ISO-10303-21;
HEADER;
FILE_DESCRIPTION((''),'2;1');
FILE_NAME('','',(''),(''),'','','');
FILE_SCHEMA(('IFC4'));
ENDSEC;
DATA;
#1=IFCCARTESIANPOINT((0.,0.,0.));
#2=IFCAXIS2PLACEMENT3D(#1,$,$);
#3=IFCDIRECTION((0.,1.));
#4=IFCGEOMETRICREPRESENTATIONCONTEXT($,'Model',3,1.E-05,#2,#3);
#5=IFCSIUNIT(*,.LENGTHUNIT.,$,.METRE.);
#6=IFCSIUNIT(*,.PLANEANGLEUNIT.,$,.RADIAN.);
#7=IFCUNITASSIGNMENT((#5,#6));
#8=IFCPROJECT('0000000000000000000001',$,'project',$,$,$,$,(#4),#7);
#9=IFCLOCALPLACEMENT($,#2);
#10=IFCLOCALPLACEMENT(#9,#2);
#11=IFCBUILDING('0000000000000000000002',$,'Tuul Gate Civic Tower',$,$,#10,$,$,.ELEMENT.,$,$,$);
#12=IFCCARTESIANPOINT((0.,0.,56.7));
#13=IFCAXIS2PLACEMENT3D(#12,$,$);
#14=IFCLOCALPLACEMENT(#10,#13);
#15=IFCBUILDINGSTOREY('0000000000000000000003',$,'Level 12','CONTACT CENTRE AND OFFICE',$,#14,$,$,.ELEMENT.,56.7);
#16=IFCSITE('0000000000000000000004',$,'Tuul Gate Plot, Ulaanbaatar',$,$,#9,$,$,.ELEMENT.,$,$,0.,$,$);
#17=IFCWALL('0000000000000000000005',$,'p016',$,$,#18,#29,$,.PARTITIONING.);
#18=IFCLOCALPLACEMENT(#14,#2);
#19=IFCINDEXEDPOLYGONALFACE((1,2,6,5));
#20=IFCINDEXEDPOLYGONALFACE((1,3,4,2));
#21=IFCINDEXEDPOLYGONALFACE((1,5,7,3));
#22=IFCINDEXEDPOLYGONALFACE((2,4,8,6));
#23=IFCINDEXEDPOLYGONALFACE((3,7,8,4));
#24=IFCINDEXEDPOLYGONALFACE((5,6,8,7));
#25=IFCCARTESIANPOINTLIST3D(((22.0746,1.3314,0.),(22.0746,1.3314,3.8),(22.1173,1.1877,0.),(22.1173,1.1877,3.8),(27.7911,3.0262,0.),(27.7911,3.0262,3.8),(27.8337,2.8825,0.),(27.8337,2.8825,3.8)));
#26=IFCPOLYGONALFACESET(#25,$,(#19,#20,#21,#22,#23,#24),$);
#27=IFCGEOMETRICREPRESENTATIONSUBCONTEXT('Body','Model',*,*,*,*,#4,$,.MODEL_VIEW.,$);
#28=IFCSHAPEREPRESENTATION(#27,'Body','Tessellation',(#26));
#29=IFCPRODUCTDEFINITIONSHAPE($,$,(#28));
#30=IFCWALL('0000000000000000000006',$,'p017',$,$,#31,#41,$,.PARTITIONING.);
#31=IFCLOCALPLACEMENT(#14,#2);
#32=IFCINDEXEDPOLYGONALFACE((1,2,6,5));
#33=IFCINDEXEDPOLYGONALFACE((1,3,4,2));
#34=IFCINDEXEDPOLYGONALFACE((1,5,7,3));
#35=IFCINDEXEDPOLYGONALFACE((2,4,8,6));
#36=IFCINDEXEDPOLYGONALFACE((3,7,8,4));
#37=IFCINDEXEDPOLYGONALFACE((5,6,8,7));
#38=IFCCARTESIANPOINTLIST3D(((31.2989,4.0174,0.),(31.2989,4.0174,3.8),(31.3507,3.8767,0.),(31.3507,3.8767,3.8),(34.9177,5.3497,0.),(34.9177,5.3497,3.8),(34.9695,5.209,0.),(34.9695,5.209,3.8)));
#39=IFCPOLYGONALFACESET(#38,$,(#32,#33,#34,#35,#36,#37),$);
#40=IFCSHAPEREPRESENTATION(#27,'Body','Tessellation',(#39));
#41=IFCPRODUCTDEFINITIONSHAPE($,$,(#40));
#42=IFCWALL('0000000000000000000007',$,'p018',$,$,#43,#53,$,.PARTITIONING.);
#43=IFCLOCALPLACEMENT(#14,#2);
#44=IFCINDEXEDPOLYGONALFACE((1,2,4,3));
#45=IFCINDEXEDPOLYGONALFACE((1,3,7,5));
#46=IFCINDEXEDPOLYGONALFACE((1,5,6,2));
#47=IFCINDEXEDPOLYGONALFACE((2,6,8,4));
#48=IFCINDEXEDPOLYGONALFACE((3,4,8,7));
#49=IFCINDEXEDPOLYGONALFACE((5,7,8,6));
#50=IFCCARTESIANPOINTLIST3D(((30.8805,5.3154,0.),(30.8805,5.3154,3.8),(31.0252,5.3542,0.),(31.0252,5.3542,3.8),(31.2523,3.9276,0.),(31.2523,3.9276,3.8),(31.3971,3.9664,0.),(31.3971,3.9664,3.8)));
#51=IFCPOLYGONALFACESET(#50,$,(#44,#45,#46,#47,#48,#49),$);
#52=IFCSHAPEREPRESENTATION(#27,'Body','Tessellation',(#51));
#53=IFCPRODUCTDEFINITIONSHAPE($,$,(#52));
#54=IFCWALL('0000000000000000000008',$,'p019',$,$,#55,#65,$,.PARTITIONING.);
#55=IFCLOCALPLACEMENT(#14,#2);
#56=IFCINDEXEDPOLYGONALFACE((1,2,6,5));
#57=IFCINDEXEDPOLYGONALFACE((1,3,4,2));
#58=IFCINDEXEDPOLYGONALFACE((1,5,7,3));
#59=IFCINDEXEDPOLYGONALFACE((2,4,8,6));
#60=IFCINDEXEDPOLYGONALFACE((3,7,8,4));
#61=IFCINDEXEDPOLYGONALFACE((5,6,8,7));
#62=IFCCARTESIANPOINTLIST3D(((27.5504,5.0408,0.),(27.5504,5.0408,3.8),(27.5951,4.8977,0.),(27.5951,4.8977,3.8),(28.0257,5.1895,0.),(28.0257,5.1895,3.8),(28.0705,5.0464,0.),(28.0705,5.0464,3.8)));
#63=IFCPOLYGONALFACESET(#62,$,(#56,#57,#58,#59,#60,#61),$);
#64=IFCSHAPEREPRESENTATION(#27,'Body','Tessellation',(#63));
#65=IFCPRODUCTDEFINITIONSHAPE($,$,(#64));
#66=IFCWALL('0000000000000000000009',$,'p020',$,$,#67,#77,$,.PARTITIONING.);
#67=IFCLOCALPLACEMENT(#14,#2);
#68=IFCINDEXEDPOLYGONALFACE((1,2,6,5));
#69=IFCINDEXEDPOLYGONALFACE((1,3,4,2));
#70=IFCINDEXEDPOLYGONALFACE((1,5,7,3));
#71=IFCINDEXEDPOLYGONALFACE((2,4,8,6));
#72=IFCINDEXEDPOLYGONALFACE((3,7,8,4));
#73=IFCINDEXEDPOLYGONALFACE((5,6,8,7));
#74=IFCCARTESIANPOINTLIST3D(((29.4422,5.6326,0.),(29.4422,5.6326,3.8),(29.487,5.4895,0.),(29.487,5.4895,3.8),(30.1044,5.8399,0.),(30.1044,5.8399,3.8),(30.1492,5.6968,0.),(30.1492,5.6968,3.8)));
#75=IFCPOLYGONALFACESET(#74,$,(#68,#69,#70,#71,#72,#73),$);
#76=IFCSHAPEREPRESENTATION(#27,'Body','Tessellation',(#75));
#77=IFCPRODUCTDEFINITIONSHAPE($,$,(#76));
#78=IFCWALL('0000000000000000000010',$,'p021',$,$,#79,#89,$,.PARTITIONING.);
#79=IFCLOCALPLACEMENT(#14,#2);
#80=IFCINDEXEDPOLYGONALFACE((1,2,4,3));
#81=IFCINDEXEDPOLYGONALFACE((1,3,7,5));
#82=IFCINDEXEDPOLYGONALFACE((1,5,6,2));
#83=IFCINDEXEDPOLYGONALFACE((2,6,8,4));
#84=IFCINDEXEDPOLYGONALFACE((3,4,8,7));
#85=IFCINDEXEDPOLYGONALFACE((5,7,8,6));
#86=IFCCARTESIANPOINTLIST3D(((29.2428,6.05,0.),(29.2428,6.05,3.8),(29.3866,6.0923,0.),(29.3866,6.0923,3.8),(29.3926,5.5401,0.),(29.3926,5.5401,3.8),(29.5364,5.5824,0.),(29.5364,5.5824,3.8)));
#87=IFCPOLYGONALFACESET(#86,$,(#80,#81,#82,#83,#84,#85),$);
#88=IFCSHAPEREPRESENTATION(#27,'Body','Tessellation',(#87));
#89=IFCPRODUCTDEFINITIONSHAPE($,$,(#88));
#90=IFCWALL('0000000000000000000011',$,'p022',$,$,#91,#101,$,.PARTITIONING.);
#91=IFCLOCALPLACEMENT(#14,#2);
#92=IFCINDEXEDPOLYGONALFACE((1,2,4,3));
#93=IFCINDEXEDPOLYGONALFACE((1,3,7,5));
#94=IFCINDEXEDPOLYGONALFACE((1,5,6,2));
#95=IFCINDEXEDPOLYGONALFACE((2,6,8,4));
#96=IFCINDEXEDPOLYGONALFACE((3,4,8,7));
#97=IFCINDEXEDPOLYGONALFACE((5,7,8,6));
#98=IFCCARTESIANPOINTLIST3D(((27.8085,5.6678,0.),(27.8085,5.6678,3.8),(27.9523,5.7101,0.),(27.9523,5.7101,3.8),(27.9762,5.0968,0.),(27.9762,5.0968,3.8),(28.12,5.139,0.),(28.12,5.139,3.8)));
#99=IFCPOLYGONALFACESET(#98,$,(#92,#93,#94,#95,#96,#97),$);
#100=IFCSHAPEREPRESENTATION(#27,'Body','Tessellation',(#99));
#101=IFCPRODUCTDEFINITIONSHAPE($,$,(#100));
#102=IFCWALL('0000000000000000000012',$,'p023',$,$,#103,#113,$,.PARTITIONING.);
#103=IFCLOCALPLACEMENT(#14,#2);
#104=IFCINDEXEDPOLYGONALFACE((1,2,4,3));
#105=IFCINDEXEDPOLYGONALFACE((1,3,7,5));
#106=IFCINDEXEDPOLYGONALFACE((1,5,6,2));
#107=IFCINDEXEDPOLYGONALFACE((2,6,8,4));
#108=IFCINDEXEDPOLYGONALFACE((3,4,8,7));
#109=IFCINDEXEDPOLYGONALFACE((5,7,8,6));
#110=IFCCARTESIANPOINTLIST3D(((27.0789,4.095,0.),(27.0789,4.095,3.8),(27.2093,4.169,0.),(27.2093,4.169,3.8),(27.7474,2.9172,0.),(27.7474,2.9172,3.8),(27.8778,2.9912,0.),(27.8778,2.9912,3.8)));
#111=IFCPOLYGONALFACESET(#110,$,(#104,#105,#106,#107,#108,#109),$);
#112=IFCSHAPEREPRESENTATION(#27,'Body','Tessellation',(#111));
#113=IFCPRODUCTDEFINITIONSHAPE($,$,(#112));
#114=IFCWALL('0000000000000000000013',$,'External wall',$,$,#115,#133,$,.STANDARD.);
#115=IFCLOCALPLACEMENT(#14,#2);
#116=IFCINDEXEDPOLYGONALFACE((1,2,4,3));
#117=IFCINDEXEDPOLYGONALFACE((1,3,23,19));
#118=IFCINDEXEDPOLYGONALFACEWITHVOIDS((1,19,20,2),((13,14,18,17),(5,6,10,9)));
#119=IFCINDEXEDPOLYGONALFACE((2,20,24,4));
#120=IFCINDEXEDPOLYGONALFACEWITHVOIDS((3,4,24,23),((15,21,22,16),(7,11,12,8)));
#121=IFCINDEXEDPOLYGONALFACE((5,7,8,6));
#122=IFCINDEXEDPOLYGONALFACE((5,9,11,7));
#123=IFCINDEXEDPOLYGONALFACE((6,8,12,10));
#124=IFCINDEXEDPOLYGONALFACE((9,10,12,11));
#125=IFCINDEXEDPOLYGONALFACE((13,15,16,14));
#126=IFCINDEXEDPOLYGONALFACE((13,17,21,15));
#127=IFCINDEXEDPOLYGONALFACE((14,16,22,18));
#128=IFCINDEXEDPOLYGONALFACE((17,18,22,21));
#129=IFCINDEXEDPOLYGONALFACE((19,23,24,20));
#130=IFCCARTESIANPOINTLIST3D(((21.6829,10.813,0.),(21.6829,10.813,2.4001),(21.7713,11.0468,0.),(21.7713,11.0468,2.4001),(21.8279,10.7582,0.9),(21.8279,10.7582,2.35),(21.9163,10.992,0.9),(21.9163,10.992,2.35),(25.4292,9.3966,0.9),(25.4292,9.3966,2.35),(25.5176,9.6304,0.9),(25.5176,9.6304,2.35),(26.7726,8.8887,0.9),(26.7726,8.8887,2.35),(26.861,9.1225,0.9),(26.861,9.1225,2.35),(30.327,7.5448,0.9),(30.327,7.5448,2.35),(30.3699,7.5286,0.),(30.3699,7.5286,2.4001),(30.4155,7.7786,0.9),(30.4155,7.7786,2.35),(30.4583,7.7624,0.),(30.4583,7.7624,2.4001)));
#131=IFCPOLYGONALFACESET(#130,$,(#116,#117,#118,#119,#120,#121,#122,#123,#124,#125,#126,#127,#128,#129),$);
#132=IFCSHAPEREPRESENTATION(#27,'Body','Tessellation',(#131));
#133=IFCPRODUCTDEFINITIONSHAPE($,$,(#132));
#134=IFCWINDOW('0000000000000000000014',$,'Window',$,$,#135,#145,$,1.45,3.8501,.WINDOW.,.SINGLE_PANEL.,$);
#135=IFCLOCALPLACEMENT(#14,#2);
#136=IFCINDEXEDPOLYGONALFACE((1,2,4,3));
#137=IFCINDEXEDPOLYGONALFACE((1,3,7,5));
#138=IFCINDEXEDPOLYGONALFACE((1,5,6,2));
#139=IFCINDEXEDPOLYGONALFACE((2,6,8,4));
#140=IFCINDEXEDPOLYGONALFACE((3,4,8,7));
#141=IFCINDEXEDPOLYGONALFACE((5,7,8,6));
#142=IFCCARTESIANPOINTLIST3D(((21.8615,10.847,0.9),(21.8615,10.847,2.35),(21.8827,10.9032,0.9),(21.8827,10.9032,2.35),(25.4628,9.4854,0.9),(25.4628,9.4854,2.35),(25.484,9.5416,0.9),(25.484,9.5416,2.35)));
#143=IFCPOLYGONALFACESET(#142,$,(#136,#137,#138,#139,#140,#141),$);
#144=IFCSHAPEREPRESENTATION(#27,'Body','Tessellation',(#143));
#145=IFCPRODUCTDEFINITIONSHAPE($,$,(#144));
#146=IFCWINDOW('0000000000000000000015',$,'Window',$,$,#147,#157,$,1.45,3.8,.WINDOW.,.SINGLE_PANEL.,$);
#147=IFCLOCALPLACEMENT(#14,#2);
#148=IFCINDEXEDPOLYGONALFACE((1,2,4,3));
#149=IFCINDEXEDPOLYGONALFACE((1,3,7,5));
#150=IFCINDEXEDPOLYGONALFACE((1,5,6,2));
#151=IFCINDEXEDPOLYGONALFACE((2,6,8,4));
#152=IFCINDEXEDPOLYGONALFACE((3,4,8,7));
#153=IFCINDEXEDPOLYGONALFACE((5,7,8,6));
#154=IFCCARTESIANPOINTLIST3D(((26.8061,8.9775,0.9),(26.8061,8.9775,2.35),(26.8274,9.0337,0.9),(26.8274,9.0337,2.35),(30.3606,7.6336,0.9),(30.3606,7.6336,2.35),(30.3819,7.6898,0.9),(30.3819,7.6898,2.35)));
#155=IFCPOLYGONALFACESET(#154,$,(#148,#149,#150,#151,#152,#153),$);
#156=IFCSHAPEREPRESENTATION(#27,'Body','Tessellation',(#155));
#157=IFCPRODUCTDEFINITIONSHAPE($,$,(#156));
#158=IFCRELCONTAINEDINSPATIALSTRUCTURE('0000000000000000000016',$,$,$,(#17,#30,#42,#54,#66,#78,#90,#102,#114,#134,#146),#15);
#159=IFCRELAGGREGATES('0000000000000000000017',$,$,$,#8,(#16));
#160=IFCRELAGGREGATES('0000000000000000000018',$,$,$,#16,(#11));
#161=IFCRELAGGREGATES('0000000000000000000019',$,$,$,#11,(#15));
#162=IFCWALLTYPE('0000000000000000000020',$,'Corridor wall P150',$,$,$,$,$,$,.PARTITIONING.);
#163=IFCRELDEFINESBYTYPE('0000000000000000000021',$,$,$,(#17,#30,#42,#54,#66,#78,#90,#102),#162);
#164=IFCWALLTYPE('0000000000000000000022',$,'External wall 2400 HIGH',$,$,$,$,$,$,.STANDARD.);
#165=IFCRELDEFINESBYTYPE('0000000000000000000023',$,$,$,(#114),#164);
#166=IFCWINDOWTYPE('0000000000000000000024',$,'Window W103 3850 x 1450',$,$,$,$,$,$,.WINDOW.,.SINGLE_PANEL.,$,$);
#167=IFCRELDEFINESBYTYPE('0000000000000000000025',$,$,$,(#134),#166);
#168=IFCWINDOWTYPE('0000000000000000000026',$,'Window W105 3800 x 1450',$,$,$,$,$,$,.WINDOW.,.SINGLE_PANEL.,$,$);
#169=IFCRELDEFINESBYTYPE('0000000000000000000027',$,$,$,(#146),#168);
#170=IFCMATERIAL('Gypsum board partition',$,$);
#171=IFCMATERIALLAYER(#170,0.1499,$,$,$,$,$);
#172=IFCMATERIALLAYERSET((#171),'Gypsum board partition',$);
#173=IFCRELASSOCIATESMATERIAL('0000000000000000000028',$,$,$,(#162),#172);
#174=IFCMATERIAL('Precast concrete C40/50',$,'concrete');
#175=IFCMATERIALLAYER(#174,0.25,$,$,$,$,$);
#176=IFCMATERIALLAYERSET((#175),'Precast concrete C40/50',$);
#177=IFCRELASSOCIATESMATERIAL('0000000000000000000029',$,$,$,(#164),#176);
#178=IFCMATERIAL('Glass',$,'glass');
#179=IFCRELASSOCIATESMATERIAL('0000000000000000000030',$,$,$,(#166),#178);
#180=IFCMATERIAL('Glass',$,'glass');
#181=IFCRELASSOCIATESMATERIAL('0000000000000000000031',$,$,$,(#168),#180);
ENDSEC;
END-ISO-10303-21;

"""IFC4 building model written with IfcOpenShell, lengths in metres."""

from ifc_helpers import new_model, si_unit, direction, frame, frame_2d, origin, place, context, subcontext, project, spatial, rectangle, extrude, material, layer, layer_set, type_object, element, fill, save


model = new_model("IFC4")

# Units and contexts
model_context = context("Model", 3, precision=1e-05, world=origin(), true_north=direction((0.0, 1.0)))
body_context = subcontext(model_context, "Body", "Model", "MODEL_VIEW")
ifc_project = project(units=[si_unit("LENGTHUNIT", "METRE"), si_unit("PLANEANGLEUNIT", "RADIAN")], contexts=[model_context])

# Site, building, storey
site_placement = place(None, origin())
site = spatial("IfcSite", under=ifc_project, at=site_placement, Name="Tuul Gate Plot, Ulaanbaatar", CompositionType="ELEMENT", RefElevation=0.0)
building_placement = place(site_placement, origin())
building = spatial("IfcBuilding", under=site, at=building_placement, Name="Tuul Gate Civic Tower", CompositionType="ELEMENT")
storey_placement = place(building_placement, frame((0.0, 0.0, 56.7)))
storey = spatial("IfcBuildingStorey", under=building, at=storey_placement, Name="Level 12", Description="CONTACT CENTRE AND OFFICE", CompositionType="ELEMENT", Elevation=56.7)

# Walls
ifc_material_1 = material(Name="Gypsum board partition")
ifc_layer_1 = layer(ifc_material_1, 0.1499)
ifc_layer_set_1 = layer_set([ifc_layer_1], Name="Gypsum board partition")
wall_type_1 = type_object("IfcWallType", Name="Corridor wall P150", PredefinedType="PARTITIONING", material=ifc_layer_set_1)
wall_1_placement = place(storey_placement, frame((22.0959, 1.2595, 0.0), z_axis=(0.0, 0.0, 1.0), x_axis=(0.958751, 0.284247, 0.0)))
element("IfcWall", 1, at=wall_1_placement, inside=storey, type_object=wall_type_1, Name="p016", PredefinedType="PARTITIONING", context=body_context, shape_type="SweptSolid", body=[
    extrude(rectangle(XDim=5.9624, YDim=0.1499, at=frame_2d((2.9812, 0.0))), origin(), (0.0, 0.0, 1.0), 3.8),
])
wall_2_placement = place(storey_placement, frame((31.3247, 3.947, 0.0), z_axis=(0.0, 0.0, 1.0), x_axis=(0.93842, 0.345497, 0.0)))
element("IfcWall", 2, at=wall_2_placement, inside=storey, type_object=wall_type_1, Name="p017", PredefinedType="PARTITIONING", context=body_context, shape_type="SweptSolid", body=[
    extrude(rectangle(XDim=3.8562, YDim=0.1499, at=frame_2d((1.9282, 0.0))), origin(), (0.0, 0.0, 1.0), 3.8),
])
wall_3_placement = place(storey_placement, frame((30.9529, 5.3347, 0.0), z_axis=(0.0, 0.0, 1.0), x_axis=(0.258815, -0.965927, 0.0)))
element("IfcWall", 3, at=wall_3_placement, inside=storey, type_object=wall_type_1, Name="p018", PredefinedType="PARTITIONING", context=body_context, shape_type="SweptSolid", body=[
    extrude(rectangle(XDim=1.4368, YDim=0.1499, at=frame_2d((0.7183, 0.0))), origin(), (0.0, 0.0, 1.0), 3.8),
])
wall_4_placement = place(storey_placement, frame((27.5728, 4.9692, 0.0), z_axis=(0.0, 0.0, 1.0), x_axis=(0.954401, 0.298526, 0.0)))
element("IfcWall", 4, at=wall_4_placement, inside=storey, type_object=wall_type_1, Name="p019", PredefinedType="PARTITIONING", context=body_context, shape_type="SweptSolid", body=[
    extrude(rectangle(XDim=0.498, YDim=0.1499, at=frame_2d((0.249, 0.0))), origin(), (0.0, 0.0, 1.0), 3.8),
])
wall_5_placement = place(storey_placement, frame((29.4646, 5.561, 0.0), z_axis=(0.0, 0.0, 1.0), x_axis=(0.95433, 0.298756, 0.0)))
element("IfcWall", 5, at=wall_5_placement, inside=storey, type_object=wall_type_1, Name="p020", PredefinedType="PARTITIONING", context=body_context, shape_type="SweptSolid", body=[
    extrude(rectangle(XDim=0.6938, YDim=0.1499, at=frame_2d((0.3469, 0.0))), origin(), (0.0, 0.0, 1.0), 3.8),
])
wall_6_placement = place(storey_placement, frame((29.3147, 6.071, 0.0), z_axis=(0.0, 0.0, 1.0), x_axis=(0.281992, -0.959417, 0.0)))
element("IfcWall", 6, at=wall_6_placement, inside=storey, type_object=wall_type_1, Name="p021", PredefinedType="PARTITIONING", context=body_context, shape_type="SweptSolid", body=[
    extrude(rectangle(XDim=0.5315, YDim=0.1499, at=frame_2d((0.2656, 0.0))), origin(), (0.0, 0.0, 1.0), 3.8),
])
wall_7_placement = place(storey_placement, frame((27.8804, 5.689, 0.0), z_axis=(0.0, 0.0, 1.0), x_axis=(0.281811, -0.95947, 0.0)))
element("IfcWall", 7, at=wall_7_placement, inside=storey, type_object=wall_type_1, Name="p022", PredefinedType="PARTITIONING", context=body_context, shape_type="SweptSolid", body=[
    extrude(rectangle(XDim=0.5952, YDim=0.1499, at=frame_2d((0.2976, 0.0))), origin(), (0.0, 0.0, 1.0), 3.8),
])
wall_8_placement = place(storey_placement, frame((27.144, 4.1321, 0.0), z_axis=(0.0, 0.0, 1.0), x_axis=(0.493613, -0.869682, 0.0)))
element("IfcWall", 8, at=wall_8_placement, inside=storey, type_object=wall_type_1, Name="p023", PredefinedType="PARTITIONING", context=body_context, shape_type="SweptSolid", body=[
    extrude(rectangle(XDim=1.3542, YDim=0.1499, at=frame_2d((0.6772, 0.0))), origin(), (0.0, 0.0, 1.0), 3.8),
])

# Wall, openings, windows
ifc_material_2 = material(Name="Precast concrete C40/50", Category="concrete")
ifc_layer_2 = layer(ifc_material_2, 0.25)
ifc_layer_set_2 = layer_set([ifc_layer_2], Name="Precast concrete C40/50")
wall_type_2 = type_object("IfcWallType", Name="External wall 2400 HIGH", PredefinedType="STANDARD", material=ifc_layer_set_2)
wall_9_placement = place(storey_placement, frame((30.4141, 7.6455, 0.0), z_axis=(0.0, 0.0, 1.0), x_axis=(-0.935377, 0.353652, 0.0)))
wall_9 = element("IfcWall", 9, at=wall_9_placement, inside=storey, type_object=wall_type_2, Name="External wall", PredefinedType="STANDARD", context=body_context, shape_type="SweptSolid", body=[
    extrude(rectangle(XDim=9.2871, YDim=0.25, at=frame_2d((4.6436, 0.0))), origin(), (0.0, 0.0, 1.0), 2.4001),
])
opening_1_placement = place(wall_9_placement, frame((0.0459, 0.0, 0.8999)))
opening_1 = element("IfcOpeningElement", 10, at=opening_1_placement, cuts=wall_9, PredefinedType="OPENING", context=body_context, shape_type="SweptSolid", body=[
    extrude(rectangle(XDim=3.8, YDim=1.45, at=frame_2d((1.8999, 0.7251))), frame((0.0, 0.135, 0.0), z_axis=(0.0, -1.0, 0.0), x_axis=(1.0, 0.0, 0.0)), (0.0, 0.0, 1.0), 0.27),
])
opening_2_placement = place(wall_9_placement, frame((5.282, 0.0, 0.8999)))
opening_2 = element("IfcOpeningElement", 11, at=opening_2_placement, cuts=wall_9, PredefinedType="OPENING", context=body_context, shape_type="SweptSolid", body=[
    extrude(rectangle(XDim=3.8501, YDim=1.45, at=frame_2d((1.925, 0.7251))), frame((0.0, 0.135, 0.0), z_axis=(0.0, -1.0, 0.0), x_axis=(1.0, 0.0, 0.0)), (0.0, 0.0, 1.0), 0.27),
])
ifc_material_3 = material(Name="Glass", Category="glass")
window_type_1 = type_object("IfcWindowType", Name="Window W103 3850 x 1450", PartitioningType="SINGLE_PANEL", PredefinedType="WINDOW", material=ifc_material_3)
window_1_placement = place(opening_2_placement, origin())
window_1 = element("IfcWindow", 12, at=window_1_placement, inside=storey, type_object=window_type_1, Name="Window", OverallHeight=1.45, OverallWidth=3.8501, PartitioningType="SINGLE_PANEL", PredefinedType="WINDOW", context=body_context, shape_type="SweptSolid", body=[
    extrude(rectangle(XDim=3.8501, YDim=1.45, at=frame_2d((1.925, 0.7251))), frame((0.0, 0.03, 0.0), z_axis=(0.0, -1.0, 0.0), x_axis=(1.0, 0.0, 0.0)), (0.0, 0.0, 1.0), 0.0601),
])
fill(opening_2, window_1)
ifc_material_4 = material(Name="Glass", Category="glass")
window_type_2 = type_object("IfcWindowType", Name="Window W105 3800 x 1450", PartitioningType="SINGLE_PANEL", PredefinedType="WINDOW", material=ifc_material_4)
window_2_placement = place(opening_1_placement, origin())
window_2 = element("IfcWindow", 13, at=window_2_placement, inside=storey, type_object=window_type_2, Name="Window", OverallHeight=1.45, OverallWidth=3.8, PartitioningType="SINGLE_PANEL", PredefinedType="WINDOW", context=body_context, shape_type="SweptSolid", body=[
    extrude(rectangle(XDim=3.8, YDim=1.45, at=frame_2d((1.8999, 0.7251))), frame((0.0, 0.03, 0.0), z_axis=(0.0, -1.0, 0.0), x_axis=(1.0, 0.0, 0.0)), (0.0, 0.0, 1.0), 0.0601),
])
fill(opening_1, window_2)

save(model, "model.ifc")
